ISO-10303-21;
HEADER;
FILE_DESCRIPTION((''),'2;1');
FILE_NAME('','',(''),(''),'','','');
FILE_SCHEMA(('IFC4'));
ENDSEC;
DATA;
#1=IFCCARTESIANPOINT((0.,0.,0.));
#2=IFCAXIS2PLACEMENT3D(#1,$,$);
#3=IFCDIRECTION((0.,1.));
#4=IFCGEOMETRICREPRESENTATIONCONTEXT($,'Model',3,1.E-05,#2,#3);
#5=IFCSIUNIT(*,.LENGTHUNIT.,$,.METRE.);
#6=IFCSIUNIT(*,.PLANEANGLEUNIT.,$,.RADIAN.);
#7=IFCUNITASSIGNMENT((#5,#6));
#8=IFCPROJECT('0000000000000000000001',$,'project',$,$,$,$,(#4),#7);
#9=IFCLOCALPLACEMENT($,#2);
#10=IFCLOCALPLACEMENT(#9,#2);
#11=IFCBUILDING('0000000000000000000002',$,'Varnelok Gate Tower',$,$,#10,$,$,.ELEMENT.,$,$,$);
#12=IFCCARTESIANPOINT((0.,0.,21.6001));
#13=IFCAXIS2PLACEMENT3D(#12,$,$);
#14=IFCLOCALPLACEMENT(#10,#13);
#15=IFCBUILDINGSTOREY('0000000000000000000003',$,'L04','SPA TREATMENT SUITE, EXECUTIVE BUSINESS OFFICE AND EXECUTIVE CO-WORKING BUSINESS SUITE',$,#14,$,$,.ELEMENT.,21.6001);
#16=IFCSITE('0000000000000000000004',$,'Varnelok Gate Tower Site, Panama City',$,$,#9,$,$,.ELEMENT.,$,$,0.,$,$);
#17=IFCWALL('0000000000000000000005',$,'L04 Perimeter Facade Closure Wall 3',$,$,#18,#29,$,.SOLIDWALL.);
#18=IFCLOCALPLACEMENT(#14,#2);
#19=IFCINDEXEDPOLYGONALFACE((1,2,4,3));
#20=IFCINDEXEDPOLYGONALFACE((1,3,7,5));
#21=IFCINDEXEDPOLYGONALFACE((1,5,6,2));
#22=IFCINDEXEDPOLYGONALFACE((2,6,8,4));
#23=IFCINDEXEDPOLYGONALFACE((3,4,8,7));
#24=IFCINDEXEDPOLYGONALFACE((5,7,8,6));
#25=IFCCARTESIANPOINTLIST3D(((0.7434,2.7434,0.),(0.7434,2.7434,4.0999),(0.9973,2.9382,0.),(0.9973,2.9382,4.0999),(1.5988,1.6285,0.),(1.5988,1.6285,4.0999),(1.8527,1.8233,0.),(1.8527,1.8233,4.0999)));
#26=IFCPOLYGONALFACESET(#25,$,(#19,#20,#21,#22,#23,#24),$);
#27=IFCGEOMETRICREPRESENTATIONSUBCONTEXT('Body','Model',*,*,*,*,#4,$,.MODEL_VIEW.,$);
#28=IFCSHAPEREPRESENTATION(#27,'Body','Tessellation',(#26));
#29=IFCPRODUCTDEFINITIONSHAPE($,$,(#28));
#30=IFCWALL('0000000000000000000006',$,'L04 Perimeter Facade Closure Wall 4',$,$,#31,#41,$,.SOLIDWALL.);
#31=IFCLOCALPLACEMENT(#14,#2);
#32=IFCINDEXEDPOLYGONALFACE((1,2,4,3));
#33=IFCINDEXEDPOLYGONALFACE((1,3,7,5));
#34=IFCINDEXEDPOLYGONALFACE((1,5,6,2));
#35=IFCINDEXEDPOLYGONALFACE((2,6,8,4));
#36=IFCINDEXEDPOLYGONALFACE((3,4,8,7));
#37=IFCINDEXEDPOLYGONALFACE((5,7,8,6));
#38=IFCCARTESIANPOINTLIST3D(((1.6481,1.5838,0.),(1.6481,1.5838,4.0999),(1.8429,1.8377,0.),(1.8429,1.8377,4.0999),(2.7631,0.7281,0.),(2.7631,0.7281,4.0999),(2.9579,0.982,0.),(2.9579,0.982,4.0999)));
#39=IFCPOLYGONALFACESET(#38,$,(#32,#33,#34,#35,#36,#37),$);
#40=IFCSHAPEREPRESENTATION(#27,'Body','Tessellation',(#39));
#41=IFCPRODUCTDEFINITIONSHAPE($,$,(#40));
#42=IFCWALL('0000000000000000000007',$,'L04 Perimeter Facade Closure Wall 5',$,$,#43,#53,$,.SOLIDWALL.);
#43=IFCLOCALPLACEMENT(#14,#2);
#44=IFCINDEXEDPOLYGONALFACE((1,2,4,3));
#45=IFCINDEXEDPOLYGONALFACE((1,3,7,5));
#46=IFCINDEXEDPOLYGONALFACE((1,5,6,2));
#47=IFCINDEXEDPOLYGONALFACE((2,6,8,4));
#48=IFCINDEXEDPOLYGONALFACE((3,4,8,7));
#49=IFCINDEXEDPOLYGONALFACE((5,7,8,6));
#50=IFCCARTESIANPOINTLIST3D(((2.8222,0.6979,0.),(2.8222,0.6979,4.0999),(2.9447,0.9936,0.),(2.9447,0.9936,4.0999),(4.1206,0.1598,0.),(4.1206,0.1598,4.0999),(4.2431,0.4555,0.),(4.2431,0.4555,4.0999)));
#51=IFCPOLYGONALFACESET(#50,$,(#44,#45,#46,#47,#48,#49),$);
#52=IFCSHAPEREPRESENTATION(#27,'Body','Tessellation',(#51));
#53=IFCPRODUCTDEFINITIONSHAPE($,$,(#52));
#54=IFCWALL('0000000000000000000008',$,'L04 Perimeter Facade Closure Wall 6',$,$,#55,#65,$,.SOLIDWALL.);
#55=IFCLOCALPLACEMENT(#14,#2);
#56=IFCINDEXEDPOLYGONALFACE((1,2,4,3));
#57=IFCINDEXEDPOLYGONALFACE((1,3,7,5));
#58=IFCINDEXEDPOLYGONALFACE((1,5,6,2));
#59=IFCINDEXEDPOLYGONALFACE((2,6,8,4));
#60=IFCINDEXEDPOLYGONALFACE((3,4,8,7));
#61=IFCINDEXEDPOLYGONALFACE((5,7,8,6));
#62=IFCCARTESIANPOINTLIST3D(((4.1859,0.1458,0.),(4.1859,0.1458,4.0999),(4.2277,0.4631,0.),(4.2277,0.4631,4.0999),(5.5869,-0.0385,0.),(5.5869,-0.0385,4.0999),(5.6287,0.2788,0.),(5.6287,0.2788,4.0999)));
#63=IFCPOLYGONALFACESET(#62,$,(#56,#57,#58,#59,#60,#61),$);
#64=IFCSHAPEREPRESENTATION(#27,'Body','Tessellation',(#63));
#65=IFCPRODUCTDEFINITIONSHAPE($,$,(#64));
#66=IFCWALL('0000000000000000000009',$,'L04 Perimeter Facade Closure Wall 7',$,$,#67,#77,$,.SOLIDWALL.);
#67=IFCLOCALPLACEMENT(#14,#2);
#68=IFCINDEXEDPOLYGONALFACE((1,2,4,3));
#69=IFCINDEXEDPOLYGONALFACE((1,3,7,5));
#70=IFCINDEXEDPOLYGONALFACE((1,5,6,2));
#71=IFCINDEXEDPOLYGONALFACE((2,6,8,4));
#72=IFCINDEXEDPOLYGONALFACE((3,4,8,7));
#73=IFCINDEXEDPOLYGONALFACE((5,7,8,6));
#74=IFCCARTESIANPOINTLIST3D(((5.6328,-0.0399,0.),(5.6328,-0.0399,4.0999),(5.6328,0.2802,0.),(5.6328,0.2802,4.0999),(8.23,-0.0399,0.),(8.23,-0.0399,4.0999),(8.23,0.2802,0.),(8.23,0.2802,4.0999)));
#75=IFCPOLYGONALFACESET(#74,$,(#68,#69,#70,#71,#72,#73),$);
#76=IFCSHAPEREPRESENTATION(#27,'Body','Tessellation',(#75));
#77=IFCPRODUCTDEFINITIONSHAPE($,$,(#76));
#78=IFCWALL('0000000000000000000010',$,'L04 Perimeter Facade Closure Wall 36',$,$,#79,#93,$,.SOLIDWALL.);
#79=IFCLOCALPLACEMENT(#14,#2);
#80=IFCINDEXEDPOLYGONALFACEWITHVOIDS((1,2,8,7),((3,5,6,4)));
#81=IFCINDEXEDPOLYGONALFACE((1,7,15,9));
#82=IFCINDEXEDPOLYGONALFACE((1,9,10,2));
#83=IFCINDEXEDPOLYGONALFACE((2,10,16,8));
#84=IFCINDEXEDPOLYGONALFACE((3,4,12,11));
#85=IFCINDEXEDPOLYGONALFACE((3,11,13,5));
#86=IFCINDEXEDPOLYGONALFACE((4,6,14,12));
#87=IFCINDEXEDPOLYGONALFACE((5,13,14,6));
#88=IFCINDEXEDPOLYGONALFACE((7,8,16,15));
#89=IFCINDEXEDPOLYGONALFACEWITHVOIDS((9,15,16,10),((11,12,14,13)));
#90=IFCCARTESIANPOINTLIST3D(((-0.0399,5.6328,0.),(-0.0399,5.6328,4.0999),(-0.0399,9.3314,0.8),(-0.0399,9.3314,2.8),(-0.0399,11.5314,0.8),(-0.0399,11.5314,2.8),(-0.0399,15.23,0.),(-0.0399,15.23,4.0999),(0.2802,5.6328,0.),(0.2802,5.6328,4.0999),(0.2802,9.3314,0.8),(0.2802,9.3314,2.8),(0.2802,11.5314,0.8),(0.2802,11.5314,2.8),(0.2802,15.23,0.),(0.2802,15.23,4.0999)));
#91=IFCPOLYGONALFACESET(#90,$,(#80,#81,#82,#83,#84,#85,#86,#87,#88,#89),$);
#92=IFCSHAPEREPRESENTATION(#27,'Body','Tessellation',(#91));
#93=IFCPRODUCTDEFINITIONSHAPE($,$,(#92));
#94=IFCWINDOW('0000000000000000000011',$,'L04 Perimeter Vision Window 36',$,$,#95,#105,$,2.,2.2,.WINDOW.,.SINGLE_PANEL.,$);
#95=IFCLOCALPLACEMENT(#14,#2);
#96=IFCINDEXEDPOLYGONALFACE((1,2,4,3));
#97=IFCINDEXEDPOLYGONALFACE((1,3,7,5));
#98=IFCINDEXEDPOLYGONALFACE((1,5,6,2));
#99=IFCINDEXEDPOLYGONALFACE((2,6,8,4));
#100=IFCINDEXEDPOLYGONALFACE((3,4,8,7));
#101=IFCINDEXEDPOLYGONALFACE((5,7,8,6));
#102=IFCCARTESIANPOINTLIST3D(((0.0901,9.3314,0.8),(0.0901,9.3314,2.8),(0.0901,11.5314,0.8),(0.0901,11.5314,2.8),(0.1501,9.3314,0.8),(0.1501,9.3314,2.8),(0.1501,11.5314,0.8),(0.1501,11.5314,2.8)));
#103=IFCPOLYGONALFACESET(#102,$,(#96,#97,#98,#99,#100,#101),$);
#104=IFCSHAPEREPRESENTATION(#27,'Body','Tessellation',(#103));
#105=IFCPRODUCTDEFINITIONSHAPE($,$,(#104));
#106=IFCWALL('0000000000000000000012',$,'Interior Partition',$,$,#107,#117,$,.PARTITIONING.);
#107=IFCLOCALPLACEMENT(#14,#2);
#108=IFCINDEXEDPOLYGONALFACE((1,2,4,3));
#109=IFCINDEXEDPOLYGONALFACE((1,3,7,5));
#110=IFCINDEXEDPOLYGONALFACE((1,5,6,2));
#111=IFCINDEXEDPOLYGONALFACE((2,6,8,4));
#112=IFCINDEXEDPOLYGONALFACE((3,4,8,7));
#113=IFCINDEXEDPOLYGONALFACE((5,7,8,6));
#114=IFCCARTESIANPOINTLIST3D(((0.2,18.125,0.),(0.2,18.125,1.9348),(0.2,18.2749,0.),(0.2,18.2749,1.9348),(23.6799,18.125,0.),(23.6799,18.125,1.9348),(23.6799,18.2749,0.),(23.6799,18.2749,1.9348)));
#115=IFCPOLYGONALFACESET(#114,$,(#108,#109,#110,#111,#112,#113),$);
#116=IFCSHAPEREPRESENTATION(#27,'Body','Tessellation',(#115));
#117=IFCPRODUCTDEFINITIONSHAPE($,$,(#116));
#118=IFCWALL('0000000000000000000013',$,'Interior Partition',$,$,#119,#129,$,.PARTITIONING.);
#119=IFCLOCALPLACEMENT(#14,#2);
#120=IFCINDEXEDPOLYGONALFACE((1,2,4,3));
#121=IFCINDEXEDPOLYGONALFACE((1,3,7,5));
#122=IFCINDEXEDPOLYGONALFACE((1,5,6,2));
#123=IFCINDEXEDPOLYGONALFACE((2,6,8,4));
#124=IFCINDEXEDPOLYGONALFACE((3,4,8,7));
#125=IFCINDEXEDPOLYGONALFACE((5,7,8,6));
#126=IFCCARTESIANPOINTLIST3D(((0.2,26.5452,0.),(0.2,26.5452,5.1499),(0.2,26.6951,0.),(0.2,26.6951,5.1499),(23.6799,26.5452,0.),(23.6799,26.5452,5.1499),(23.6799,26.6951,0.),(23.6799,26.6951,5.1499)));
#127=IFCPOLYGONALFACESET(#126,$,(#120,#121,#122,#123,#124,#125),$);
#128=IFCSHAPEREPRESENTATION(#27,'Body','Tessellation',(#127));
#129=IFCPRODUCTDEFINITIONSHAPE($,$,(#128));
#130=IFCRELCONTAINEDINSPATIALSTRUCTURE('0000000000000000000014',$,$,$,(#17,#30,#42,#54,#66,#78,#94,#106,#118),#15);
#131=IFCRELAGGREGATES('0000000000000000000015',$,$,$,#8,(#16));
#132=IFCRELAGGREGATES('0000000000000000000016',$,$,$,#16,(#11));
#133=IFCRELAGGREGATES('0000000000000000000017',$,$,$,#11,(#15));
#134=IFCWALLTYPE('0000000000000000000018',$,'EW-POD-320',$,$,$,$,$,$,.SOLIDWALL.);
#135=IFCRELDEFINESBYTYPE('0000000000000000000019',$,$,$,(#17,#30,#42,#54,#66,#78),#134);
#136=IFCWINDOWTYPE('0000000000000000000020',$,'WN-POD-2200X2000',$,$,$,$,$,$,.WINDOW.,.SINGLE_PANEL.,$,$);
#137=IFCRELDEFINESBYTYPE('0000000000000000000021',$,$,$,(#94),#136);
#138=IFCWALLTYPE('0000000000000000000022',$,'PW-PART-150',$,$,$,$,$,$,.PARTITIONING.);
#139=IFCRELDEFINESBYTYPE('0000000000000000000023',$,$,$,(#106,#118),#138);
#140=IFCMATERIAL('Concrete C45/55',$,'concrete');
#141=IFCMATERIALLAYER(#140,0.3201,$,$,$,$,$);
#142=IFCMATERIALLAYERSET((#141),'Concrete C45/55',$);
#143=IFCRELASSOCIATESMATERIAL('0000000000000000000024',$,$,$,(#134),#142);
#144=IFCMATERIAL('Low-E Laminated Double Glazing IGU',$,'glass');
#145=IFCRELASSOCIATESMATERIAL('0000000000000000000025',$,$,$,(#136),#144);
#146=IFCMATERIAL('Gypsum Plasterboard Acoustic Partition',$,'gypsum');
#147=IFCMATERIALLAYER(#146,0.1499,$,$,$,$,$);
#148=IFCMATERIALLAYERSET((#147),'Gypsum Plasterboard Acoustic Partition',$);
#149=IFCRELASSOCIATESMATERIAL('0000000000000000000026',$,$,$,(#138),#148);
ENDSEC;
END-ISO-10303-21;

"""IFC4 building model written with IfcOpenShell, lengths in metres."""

from ifc_helpers import new_model, si_unit, direction, frame, frame_2d, origin, place, context, subcontext, project, spatial, rectangle, extrude, material, layer, layer_set, type_object, element, fill, save


model = new_model("IFC4")

# Units and contexts
model_context = context("Model", 3, precision=1e-05, world=origin(), true_north=direction((0.0, 1.0)))
body_context = subcontext(model_context, "Body", "Model", "MODEL_VIEW")
ifc_project = project(units=[si_unit("LENGTHUNIT", "METRE"), si_unit("PLANEANGLEUNIT", "RADIAN")], contexts=[model_context])

# Site, building, storey
site_placement = place(None, origin())
site = spatial("IfcSite", under=ifc_project, at=site_placement, Name="Varnelok Gate Tower Site, Panama City", CompositionType="ELEMENT", RefElevation=0.0)
building_placement = place(site_placement, origin())
building = spatial("IfcBuilding", under=site, at=building_placement, Name="Varnelok Gate Tower", CompositionType="ELEMENT")
storey_placement = place(building_placement, frame((0.0, 0.0, 21.6001)))
storey = spatial("IfcBuildingStorey", under=building, at=storey_placement, Name="L04", Description="SPA TREATMENT SUITE, EXECUTIVE BUSINESS OFFICE AND EXECUTIVE CO-WORKING BUSINESS SUITE", CompositionType="ELEMENT", Elevation=21.6001)

# Shared definitions
ifc_material_1 = material(Name="Concrete C45/55", Category="concrete")

# Shared definitions
ifc_material_2 = material(Name="Low-E Laminated Double Glazing IGU", Category="glass")

# Walls
ifc_layer_1 = layer(ifc_material_1, 0.3201)
ifc_layer_set_1 = layer_set([ifc_layer_1], Name="Concrete C45/55")
wall_type_1 = type_object("IfcWallType", Name="EW-POD-320", PredefinedType="SOLIDWALL", material=ifc_layer_set_1)
wall_1_placement = place(storey_placement, frame((0.8704, 2.8408, 0.0), z_axis=(0.0, 0.0, 1.0), x_axis=(0.60872, -0.793385, 0.0)))
element("IfcWall", 1, at=wall_1_placement, inside=storey, type_object=wall_type_1, Name="L04 Perimeter Facade Closure Wall 3", PredefinedType="SOLIDWALL", context=body_context, shape_type="SweptSolid", body=[
    extrude(rectangle(XDim=1.4053, YDim=0.3201, at=frame_2d((0.7026, 0.0))), origin(), (0.0, 0.0, 1.0), 4.0999),
])
for number, where, z_axis, x_axis, name in (
    (2, (1.7456, 1.7107, 0.0), (0.0, 0.0, 1.0), (0.793302, -0.608829, 0.0), "L04 Perimeter Facade Closure Wall 4"),
    (3, (2.8835, 0.8457, 0.0), (0.0, 0.0, 1.0), (0.923805, -0.382863, 0.0), "L04 Perimeter Facade Closure Wall 5"),
):
    element("IfcWall", number, at=place(storey_placement, frame(where, z_axis=z_axis, x_axis=x_axis)), inside=storey, type_object=wall_type_1, Name=name, PredefinedType="SOLIDWALL", context=body_context, shape_type="SweptSolid", body=[
        extrude(rectangle(XDim=1.4055, YDim=0.3201, at=frame_2d((0.7026, 0.0))), origin(), (0.0, 0.0, 1.0), 4.0999),
    ])
wall_2_placement = place(storey_placement, frame((4.2068, 0.3044, 0.0), z_axis=(0.0, 0.0, 1.0), x_axis=(0.991457, -0.130432, 0.0)))
element("IfcWall", 4, at=wall_2_placement, inside=storey, type_object=wall_type_1, Name="L04 Perimeter Facade Closure Wall 6", PredefinedType="SOLIDWALL", context=body_context, shape_type="SweptSolid", body=[
    extrude(rectangle(XDim=1.4131, YDim=0.3201, at=frame_2d((0.7065, 0.0))), origin(), (0.0, 0.0, 1.0), 4.0999),
])
wall_3_placement = place(storey_placement, frame((5.6328, 0.1201, 0.0), z_axis=(0.0, 0.0, 1.0), x_axis=(1.0, 0.0, 0.0)))
element("IfcWall", 5, at=wall_3_placement, inside=storey, type_object=wall_type_1, Name="L04 Perimeter Facade Closure Wall 7", PredefinedType="SOLIDWALL", context=body_context, shape_type="SweptSolid", body=[
    extrude(rectangle(XDim=2.5972, YDim=0.3201, at=frame_2d((1.2986, 0.0))), origin(), (0.0, 0.0, 1.0), 4.0999),
])

# Wall, opening, window
wall_4_placement = place(storey_placement, frame((0.1201, 15.23, 0.0), z_axis=(0.0, 0.0, 1.0), x_axis=(0.0, -1.0, 0.0)))
wall_4 = element("IfcWall", 6, at=wall_4_placement, inside=storey, type_object=wall_type_1, Name="L04 Perimeter Facade Closure Wall 36", PredefinedType="SOLIDWALL", context=body_context, shape_type="SweptSolid", body=[
    extrude(rectangle(XDim=9.5972, YDim=0.3201, at=frame_2d((4.7986, 0.0))), origin(), (0.0, 0.0, 1.0), 4.0999),
])
opening_placement = place(wall_4_placement, frame((3.6985, 0.0, 0.8)))
opening = element("IfcOpeningElement", 7, at=opening_placement, cuts=wall_4, PredefinedType="OPENING", context=body_context, shape_type="SweptSolid", body=[
    extrude(rectangle(XDim=2.2, YDim=2.0, at=frame_2d((1.1001, 1.0))), frame((0.0, 0.1699, 0.0), z_axis=(0.0, -1.0, 0.0), x_axis=(1.0, 0.0, 0.0)), (0.0, 0.0, 1.0), 0.3401),
])
window_type = type_object("IfcWindowType", Name="WN-POD-2200X2000", PartitioningType="SINGLE_PANEL", PredefinedType="WINDOW", material=ifc_material_2)
window_placement = place(opening_placement, origin())
window = element("IfcWindow", 8, at=window_placement, inside=storey, type_object=window_type, Name="L04 Perimeter Vision Window 36", OverallHeight=2.0, OverallWidth=2.2, PartitioningType="SINGLE_PANEL", PredefinedType="WINDOW", context=body_context, shape_type="SweptSolid", body=[
    extrude(rectangle(XDim=2.2, YDim=2.0, at=frame_2d((1.1001, 1.0))), frame((0.0, 0.03, 0.0), z_axis=(0.0, -1.0, 0.0), x_axis=(1.0, 0.0, 0.0)), (0.0, 0.0, 1.0), 0.0601),
])
fill(opening, window)

# Walls
ifc_material_3 = material(Name="Gypsum Plasterboard Acoustic Partition", Category="gypsum")
ifc_layer_2 = layer(ifc_material_3, 0.1499)
ifc_layer_set_2 = layer_set([ifc_layer_2], Name="Gypsum Plasterboard Acoustic Partition")
wall_type_2 = type_object("IfcWallType", Name="PW-PART-150", PredefinedType="PARTITIONING", material=ifc_layer_set_2)
wall_5_placement = place(storey_placement, frame((0.2, 18.2, 0.0), z_axis=(0.0, 0.0, 1.0), x_axis=(1.0, 0.0, 0.0)))
element("IfcWall", 9, at=wall_5_placement, inside=storey, type_object=wall_type_2, Name="Interior Partition", PredefinedType="PARTITIONING", context=body_context, shape_type="SweptSolid", body=[
    extrude(rectangle(XDim=23.48, YDim=0.1499, at=frame_2d((11.74, 0.0))), origin(), (0.0, 0.0, 1.0), 1.9348),
])
wall_6_placement = place(storey_placement, frame((0.2, 26.6201, 0.0), z_axis=(0.0, 0.0, 1.0), x_axis=(1.0, 0.0, 0.0)))
element("IfcWall", 10, at=wall_6_placement, inside=storey, type_object=wall_type_2, Name="Interior Partition", PredefinedType="PARTITIONING", context=body_context, shape_type="SweptSolid", body=[
    extrude(rectangle(XDim=23.48, YDim=0.1499, at=frame_2d((11.74, 0.0))), origin(), (0.0, 0.0, 1.0), 5.1499),
])

save(model, "model.ifc")
